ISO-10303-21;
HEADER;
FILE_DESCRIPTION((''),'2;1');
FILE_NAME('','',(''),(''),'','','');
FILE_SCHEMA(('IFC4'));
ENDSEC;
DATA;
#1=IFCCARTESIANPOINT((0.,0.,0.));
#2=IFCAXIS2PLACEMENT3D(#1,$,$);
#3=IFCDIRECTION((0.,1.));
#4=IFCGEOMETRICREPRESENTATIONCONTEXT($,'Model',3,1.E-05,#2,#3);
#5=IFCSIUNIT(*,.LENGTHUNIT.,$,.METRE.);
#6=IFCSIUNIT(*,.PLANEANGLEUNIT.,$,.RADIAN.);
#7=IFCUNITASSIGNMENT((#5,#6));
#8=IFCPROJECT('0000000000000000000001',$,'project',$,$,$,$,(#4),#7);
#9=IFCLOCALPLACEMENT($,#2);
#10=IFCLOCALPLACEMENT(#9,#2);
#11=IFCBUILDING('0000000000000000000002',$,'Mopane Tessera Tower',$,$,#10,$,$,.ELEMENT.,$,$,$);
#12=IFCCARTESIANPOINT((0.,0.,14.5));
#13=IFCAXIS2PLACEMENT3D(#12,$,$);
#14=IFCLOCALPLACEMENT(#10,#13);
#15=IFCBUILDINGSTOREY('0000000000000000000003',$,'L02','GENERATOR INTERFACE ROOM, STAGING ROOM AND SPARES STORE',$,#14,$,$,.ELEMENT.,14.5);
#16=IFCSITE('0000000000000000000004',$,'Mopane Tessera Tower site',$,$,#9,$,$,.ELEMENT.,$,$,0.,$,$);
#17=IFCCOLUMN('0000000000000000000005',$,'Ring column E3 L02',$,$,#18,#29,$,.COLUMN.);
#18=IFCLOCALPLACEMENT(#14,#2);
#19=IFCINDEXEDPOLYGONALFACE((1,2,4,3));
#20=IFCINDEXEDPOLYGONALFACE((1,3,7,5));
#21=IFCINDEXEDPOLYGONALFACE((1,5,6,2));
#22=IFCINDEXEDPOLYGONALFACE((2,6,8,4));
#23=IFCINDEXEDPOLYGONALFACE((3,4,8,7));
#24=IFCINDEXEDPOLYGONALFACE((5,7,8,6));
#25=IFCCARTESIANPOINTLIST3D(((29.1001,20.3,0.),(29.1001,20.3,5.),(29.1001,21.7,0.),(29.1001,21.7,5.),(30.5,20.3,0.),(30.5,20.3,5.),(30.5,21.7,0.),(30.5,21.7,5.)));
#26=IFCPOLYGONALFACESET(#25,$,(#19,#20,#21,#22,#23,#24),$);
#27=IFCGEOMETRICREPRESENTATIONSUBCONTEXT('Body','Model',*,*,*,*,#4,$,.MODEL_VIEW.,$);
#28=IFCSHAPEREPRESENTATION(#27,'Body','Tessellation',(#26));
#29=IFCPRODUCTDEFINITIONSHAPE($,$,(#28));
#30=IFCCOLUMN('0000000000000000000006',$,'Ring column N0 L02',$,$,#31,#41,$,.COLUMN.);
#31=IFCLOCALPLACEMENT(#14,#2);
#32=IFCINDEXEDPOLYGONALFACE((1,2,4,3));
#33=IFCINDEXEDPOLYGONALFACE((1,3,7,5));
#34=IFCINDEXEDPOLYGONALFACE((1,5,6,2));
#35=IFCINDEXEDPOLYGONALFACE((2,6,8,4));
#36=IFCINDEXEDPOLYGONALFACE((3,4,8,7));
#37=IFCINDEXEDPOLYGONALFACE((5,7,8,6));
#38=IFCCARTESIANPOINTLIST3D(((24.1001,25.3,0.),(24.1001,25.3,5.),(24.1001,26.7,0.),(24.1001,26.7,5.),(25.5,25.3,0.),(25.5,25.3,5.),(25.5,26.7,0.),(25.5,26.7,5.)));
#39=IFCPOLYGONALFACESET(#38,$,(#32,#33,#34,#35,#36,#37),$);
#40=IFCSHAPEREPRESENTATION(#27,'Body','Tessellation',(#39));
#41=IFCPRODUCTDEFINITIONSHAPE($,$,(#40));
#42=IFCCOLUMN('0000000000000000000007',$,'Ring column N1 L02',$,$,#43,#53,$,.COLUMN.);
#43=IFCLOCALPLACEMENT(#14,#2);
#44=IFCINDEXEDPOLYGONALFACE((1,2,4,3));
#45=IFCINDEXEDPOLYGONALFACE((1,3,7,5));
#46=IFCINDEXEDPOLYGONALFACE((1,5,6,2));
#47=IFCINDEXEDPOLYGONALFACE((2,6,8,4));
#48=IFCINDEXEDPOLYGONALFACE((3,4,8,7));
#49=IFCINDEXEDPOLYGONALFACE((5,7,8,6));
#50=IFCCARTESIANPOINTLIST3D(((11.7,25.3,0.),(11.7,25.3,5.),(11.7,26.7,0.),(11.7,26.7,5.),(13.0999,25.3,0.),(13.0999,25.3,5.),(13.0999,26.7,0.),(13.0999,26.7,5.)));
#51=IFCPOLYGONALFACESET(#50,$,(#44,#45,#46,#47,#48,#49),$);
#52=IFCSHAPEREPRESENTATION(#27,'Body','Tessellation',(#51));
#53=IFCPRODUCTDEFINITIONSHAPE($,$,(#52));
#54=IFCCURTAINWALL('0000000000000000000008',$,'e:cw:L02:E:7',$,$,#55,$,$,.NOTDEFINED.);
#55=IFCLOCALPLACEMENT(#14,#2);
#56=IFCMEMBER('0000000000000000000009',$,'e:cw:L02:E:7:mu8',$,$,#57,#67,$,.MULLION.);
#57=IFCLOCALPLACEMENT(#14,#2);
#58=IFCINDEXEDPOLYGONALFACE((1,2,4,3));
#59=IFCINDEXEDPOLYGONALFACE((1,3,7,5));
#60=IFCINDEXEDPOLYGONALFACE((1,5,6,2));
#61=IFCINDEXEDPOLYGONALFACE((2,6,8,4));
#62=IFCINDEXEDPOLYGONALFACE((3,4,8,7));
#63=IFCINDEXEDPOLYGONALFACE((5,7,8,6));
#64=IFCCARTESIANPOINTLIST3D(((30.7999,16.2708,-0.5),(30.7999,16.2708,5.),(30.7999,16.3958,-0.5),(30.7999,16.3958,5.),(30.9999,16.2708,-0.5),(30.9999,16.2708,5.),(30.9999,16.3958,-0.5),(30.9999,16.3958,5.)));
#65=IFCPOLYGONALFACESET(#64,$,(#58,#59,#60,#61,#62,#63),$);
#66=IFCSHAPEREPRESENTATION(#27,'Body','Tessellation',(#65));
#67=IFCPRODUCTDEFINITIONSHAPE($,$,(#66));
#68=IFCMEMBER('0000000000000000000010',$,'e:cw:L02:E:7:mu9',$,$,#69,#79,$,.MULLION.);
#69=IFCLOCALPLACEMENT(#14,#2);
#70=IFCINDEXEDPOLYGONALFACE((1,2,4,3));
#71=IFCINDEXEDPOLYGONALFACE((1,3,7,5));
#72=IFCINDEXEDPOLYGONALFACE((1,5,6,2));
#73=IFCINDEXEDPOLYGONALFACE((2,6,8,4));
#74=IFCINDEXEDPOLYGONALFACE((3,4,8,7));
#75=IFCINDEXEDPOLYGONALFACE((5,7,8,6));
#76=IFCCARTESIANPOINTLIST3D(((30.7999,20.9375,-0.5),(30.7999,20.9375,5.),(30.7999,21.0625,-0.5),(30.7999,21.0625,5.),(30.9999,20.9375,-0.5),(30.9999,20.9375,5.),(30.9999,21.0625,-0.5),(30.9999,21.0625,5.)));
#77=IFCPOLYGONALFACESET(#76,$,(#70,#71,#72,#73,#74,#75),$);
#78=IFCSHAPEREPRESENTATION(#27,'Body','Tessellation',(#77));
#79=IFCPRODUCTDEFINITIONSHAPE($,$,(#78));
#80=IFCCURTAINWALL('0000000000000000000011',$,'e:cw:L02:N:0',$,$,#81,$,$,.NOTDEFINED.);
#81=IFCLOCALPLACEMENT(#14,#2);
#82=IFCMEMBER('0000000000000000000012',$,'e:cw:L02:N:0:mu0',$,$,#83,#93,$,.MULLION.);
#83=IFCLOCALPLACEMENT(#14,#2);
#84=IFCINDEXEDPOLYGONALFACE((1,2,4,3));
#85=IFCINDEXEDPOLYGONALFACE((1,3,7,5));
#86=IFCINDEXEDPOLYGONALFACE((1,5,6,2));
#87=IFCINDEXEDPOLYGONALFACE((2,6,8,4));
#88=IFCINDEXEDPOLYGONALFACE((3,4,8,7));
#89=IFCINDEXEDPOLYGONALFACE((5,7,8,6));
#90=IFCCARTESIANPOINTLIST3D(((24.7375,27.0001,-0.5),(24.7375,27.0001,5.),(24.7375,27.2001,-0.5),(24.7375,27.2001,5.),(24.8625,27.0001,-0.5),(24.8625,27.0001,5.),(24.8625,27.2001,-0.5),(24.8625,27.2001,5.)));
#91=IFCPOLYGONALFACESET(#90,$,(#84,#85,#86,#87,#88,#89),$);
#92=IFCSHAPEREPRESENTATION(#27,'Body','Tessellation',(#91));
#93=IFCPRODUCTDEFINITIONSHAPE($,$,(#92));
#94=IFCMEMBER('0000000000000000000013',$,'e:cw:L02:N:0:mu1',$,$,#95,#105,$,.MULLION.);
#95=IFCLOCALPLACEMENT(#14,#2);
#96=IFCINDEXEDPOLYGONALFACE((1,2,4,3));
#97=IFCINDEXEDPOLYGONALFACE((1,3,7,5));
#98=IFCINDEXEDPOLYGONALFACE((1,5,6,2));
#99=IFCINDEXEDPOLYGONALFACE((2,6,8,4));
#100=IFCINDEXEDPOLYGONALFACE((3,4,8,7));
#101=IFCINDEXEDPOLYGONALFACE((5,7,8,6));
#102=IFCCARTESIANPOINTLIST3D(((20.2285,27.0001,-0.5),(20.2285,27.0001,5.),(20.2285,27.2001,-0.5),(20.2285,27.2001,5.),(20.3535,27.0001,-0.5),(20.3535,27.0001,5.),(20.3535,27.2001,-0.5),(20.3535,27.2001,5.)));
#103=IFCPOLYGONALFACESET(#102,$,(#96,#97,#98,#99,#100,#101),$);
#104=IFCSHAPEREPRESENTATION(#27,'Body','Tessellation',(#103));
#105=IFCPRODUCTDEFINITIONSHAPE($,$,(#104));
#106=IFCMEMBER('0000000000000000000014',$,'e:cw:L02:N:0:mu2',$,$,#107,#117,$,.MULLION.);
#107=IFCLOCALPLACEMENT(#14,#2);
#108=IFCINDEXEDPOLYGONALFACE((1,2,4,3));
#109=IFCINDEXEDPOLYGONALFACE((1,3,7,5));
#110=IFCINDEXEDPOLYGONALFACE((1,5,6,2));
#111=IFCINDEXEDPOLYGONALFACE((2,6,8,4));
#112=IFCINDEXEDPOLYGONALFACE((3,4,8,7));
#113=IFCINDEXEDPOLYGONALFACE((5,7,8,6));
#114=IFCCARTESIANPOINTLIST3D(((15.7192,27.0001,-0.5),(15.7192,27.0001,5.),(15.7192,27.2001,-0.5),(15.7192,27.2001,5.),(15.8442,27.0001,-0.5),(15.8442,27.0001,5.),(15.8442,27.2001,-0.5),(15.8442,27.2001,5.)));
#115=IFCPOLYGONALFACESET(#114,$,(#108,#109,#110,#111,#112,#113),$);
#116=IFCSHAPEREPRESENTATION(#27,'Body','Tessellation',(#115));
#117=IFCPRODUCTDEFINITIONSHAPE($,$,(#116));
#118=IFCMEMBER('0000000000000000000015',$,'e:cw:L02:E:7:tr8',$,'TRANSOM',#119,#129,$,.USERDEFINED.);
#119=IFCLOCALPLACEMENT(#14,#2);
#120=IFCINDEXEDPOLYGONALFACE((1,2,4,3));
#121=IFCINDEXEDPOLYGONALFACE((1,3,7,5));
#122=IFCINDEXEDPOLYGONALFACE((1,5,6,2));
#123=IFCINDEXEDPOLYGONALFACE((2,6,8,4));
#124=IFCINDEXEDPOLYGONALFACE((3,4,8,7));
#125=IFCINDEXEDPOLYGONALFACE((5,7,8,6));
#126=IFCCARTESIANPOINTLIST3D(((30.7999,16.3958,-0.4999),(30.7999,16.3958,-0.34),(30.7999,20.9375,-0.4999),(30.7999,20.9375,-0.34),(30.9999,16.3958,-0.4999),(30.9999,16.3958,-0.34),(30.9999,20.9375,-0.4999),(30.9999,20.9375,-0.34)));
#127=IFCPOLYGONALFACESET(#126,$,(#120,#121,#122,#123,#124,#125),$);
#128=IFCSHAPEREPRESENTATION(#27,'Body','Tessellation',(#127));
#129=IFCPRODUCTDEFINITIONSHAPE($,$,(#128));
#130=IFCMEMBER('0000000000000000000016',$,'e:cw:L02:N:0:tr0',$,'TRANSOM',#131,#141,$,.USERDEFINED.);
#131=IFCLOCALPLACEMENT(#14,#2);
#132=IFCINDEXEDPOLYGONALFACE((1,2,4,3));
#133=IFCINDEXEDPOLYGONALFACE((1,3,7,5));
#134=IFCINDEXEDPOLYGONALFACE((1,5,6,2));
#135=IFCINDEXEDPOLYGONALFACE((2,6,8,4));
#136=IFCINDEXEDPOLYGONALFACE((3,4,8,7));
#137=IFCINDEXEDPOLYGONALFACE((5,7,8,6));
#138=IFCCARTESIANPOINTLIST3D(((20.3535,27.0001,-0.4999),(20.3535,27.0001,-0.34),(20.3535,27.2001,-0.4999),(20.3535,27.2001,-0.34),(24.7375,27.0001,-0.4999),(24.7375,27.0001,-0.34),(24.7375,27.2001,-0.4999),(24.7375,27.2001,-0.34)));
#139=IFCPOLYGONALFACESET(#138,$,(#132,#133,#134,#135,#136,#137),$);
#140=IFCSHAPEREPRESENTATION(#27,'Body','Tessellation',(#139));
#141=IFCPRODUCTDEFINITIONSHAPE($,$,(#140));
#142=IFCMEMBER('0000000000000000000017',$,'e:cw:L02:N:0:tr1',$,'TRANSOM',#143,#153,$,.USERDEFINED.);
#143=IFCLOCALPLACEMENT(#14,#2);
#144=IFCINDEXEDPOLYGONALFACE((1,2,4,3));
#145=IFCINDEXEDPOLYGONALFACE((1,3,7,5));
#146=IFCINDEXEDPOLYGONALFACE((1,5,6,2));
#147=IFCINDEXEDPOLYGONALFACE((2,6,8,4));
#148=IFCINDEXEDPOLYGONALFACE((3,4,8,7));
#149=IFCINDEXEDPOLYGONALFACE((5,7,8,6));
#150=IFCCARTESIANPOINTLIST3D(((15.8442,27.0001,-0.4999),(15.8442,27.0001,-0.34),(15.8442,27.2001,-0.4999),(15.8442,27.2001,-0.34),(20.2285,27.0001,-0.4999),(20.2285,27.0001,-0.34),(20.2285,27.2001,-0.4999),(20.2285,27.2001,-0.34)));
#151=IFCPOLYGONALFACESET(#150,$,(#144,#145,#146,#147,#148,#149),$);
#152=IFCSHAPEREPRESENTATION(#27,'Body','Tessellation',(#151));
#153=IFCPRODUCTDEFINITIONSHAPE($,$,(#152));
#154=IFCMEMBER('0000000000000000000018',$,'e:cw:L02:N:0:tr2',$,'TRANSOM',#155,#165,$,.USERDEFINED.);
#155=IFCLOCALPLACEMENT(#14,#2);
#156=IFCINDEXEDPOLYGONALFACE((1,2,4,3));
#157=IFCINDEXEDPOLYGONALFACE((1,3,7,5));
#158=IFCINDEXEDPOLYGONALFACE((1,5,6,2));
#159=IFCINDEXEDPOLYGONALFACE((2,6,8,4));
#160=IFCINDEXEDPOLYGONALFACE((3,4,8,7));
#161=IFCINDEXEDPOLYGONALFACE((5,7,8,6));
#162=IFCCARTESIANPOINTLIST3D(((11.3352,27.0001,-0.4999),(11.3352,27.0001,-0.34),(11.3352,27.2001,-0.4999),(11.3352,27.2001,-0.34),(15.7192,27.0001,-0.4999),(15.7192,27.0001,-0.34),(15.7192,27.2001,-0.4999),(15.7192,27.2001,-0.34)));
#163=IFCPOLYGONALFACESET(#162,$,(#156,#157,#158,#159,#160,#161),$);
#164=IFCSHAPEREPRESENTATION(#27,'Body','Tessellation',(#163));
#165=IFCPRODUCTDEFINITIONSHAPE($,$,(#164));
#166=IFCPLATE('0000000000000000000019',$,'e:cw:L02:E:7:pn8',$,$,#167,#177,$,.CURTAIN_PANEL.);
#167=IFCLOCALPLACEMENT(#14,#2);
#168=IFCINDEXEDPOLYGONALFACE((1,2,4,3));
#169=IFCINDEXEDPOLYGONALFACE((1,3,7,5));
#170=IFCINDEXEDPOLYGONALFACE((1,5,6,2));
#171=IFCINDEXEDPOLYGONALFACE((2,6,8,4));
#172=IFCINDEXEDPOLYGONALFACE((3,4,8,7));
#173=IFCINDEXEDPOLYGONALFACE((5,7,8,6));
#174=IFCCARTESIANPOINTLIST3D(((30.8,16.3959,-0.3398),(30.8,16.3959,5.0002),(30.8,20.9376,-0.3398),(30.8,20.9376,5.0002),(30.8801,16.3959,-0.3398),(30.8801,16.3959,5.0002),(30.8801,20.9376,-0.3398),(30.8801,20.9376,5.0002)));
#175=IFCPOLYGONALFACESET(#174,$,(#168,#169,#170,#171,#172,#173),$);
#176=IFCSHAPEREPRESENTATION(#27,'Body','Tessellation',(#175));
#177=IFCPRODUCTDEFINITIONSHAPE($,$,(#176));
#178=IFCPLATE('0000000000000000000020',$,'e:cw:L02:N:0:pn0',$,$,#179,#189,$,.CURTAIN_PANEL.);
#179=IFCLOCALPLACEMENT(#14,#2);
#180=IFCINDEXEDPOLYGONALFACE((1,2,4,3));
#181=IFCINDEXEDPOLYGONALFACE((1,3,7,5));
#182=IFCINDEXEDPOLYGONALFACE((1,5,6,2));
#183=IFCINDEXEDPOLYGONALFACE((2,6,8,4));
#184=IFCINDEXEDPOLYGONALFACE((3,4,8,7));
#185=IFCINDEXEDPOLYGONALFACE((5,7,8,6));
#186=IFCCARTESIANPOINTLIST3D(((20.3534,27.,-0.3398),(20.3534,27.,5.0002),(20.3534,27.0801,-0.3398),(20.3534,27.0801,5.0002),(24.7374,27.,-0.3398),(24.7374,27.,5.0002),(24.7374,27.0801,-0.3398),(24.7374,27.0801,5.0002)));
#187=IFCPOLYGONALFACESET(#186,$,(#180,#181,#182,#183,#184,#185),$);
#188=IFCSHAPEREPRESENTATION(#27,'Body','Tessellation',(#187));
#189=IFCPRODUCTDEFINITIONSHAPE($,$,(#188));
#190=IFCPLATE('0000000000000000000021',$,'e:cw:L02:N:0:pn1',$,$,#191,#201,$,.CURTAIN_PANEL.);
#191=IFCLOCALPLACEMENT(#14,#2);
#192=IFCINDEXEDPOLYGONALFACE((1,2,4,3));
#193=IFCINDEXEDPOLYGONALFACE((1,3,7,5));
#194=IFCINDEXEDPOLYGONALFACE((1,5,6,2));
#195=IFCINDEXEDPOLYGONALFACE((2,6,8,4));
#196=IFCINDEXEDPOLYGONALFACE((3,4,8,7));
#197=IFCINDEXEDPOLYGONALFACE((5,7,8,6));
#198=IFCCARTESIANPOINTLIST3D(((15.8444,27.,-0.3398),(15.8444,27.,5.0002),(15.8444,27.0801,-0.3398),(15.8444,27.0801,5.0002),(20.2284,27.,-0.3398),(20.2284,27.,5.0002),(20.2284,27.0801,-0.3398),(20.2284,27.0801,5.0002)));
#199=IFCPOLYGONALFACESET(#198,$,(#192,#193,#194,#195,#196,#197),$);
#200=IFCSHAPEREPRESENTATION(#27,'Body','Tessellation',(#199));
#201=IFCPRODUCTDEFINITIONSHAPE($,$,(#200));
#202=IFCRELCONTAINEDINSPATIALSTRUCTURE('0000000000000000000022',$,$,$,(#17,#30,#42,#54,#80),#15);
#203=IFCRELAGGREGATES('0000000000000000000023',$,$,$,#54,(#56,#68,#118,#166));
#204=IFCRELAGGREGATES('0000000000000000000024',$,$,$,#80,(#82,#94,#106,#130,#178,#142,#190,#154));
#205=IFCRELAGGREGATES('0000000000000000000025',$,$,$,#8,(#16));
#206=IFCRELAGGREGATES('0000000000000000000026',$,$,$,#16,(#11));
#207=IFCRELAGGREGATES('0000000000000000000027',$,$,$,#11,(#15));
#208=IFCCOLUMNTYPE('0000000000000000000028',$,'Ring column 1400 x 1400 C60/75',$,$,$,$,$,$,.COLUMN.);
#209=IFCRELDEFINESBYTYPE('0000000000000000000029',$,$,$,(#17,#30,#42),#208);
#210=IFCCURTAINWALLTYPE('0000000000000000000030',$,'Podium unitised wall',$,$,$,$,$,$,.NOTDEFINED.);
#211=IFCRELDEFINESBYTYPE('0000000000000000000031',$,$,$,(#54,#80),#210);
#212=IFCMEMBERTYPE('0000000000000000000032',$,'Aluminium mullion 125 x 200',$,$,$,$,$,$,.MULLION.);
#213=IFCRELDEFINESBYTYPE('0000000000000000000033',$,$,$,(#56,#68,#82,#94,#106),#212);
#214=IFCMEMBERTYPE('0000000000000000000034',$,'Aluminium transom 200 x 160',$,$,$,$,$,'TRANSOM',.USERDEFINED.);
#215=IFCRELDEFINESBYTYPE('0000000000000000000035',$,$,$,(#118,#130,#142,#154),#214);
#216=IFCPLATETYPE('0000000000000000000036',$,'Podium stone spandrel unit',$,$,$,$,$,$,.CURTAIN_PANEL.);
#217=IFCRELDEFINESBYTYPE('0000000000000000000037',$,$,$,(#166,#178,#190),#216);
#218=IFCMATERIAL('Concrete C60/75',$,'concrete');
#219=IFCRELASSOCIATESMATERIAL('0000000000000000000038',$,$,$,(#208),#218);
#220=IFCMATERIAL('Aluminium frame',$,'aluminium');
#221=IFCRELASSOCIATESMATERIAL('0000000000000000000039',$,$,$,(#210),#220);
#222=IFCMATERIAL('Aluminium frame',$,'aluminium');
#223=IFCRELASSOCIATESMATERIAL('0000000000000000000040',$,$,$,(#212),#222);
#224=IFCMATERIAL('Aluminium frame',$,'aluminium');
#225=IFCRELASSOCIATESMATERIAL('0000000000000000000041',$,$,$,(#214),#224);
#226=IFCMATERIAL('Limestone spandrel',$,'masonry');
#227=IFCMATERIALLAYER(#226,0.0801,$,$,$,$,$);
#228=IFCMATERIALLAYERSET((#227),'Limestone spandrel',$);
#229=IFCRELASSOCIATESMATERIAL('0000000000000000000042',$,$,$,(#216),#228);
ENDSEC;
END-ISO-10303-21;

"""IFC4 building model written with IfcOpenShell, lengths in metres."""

from ifc_helpers import new_model, si_unit, direction, frame, origin, origin_2d, place, context, subcontext, project, spatial, rectangle, extrude, material, layer, layer_set, material_profile, profile_set, type_object, element, aggregate, save


model = new_model("IFC4")

# Units and contexts
model_context = context("Model", 3, precision=1e-05, world=origin(), true_north=direction((0.0, 1.0)))
body_context = subcontext(model_context, "Body", "Model", "MODEL_VIEW")
ifc_project = project(units=[si_unit("LENGTHUNIT", "METRE"), si_unit("PLANEANGLEUNIT", "RADIAN")], contexts=[model_context])

# Site, building, storey
site_placement = place(None, origin())
site = spatial("IfcSite", under=ifc_project, at=site_placement, Name="Mopane Tessera Tower site", CompositionType="ELEMENT", RefElevation=0.0)
building_placement = place(site_placement, origin())
building = spatial("IfcBuilding", under=site, at=building_placement, Name="Mopane Tessera Tower", CompositionType="ELEMENT")
storey_placement = place(building_placement, frame((0.0, 0.0, 14.5)))
storey = spatial("IfcBuildingStorey", under=building, at=storey_placement, Name="L02", Description="GENERATOR INTERFACE ROOM, STAGING ROOM AND SPARES STORE", CompositionType="ELEMENT", Elevation=14.5)

# Columns
ifc_material_1 = material(Name="Concrete C60/75", Category="concrete")
ifc_material_profile_1 = material_profile(ifc_material_1, rectangle(XDim=1.3999, YDim=1.3999, at=origin_2d()))
ifc_profile_set_1 = profile_set([ifc_material_profile_1], Name="Concrete C60/75")
column_type = type_object("IfcColumnType", Name="Ring column 1400 x 1400 C60/75", PredefinedType="COLUMN", material=ifc_profile_set_1)
for number, where, z_axis, x_axis, name in (
    (1, (29.8, 21.0, 0.0), (0.0, 0.0, 1.0), (1.0, 0.0, 0.0), "Ring column E3 L02"),
    (2, (24.8, 26.0, 0.0), (0.0, 0.0, 1.0), (1.0, 0.0, 0.0), "Ring column N0 L02"),
    (3, (12.3999, 26.0, 0.0), (0.0, 0.0, 1.0), (1.0, 0.0, 0.0), "Ring column N1 L02"),
):
    element("IfcColumn", number, at=place(storey_placement, frame(where, z_axis=z_axis, x_axis=x_axis)), inside=storey, type_object=column_type, Name=name, PredefinedType="COLUMN", context=body_context, shape_type="SweptSolid", body=[
        extrude(rectangle(XDim=1.3999, YDim=1.3999, at=origin_2d()), origin(), (0.0, 0.0, 1.0), 5.0),
    ])

# Curtain walls, members
ifc_material_2 = material(Name="Aluminium frame", Category="aluminium")
curtain_wall_type = type_object("IfcCurtainWallType", Name="Podium unitised wall", PredefinedType="NOTDEFINED", material=ifc_material_2)
curtain_wall_1_placement = place(storey_placement, origin())
curtain_wall_1 = element("IfcCurtainWall", 4, at=curtain_wall_1_placement, inside=storey, type_object=curtain_wall_type, Name="e:cw:L02:E:7", PredefinedType="NOTDEFINED")
ifc_material_3 = material(Name="Aluminium frame", Category="aluminium")
ifc_material_profile_2 = material_profile(ifc_material_3, rectangle(XDim=0.125, YDim=0.2, at=origin_2d()))
ifc_profile_set_2 = profile_set([ifc_material_profile_2], Name="Aluminium frame")
member_type_1 = type_object("IfcMemberType", Name="Aluminium mullion 125 x 200", PredefinedType="MULLION", material=ifc_profile_set_2)
member_1_placement = place(storey_placement, frame((30.8999, 16.3333, -0.5), z_axis=(0.0, 0.0, 1.0), x_axis=(0.0, 1.0, 0.0)))
member_1 = element("IfcMember", 5, at=member_1_placement, type_object=member_type_1, Name="e:cw:L02:E:7:mu8", PredefinedType="MULLION", context=body_context, shape_type="SweptSolid", body=[
    extrude(rectangle(XDim=0.125, YDim=0.2, at=origin_2d()), origin(), (0.0, 0.0, 1.0), 5.5),
])
member_2_placement = place(storey_placement, frame((30.8999, 21.0, -0.5), z_axis=(0.0, 0.0, 1.0), x_axis=(0.0, 1.0, 0.0)))
member_2 = element("IfcMember", 6, at=member_2_placement, type_object=member_type_1, Name="e:cw:L02:E:7:mu9", PredefinedType="MULLION", context=body_context, shape_type="SweptSolid", body=[
    extrude(rectangle(XDim=0.125, YDim=0.2, at=origin_2d()), origin(), (0.0, 0.0, 1.0), 5.5),
])
curtain_wall_2_placement = place(storey_placement, origin())
curtain_wall_2 = element("IfcCurtainWall", 7, at=curtain_wall_2_placement, inside=storey, type_object=curtain_wall_type, Name="e:cw:L02:N:0", PredefinedType="NOTDEFINED")
member_3_placement = place(storey_placement, frame((24.8, 27.1001, -0.5), z_axis=(0.0, 0.0, 1.0), x_axis=(-1.0, 0.0, 0.0)))
member_3 = element("IfcMember", 8, at=member_3_placement, type_object=member_type_1, Name="e:cw:L02:N:0:mu0", PredefinedType="MULLION", context=body_context, shape_type="SweptSolid", body=[
    extrude(rectangle(XDim=0.125, YDim=0.2, at=origin_2d()), origin(), (0.0, 0.0, 1.0), 5.5),
])
member_4_placement = place(storey_placement, frame((20.291, 27.1001, -0.5), z_axis=(0.0, 0.0, 1.0), x_axis=(-1.0, 0.0, 0.0)))
member_4 = element("IfcMember", 9, at=member_4_placement, type_object=member_type_1, Name="e:cw:L02:N:0:mu1", PredefinedType="MULLION", context=body_context, shape_type="SweptSolid", body=[
    extrude(rectangle(XDim=0.125, YDim=0.2, at=origin_2d()), origin(), (0.0, 0.0, 1.0), 5.5),
])
member_5_placement = place(storey_placement, frame((15.7817, 27.1001, -0.5), z_axis=(0.0, 0.0, 1.0), x_axis=(-1.0, 0.0, 0.0)))
member_5 = element("IfcMember", 10, at=member_5_placement, type_object=member_type_1, Name="e:cw:L02:N:0:mu2", PredefinedType="MULLION", context=body_context, shape_type="SweptSolid", body=[
    extrude(rectangle(XDim=0.125, YDim=0.2, at=origin_2d()), origin(), (0.0, 0.0, 1.0), 5.5),
])

# Members
ifc_material_4 = material(Name="Aluminium frame", Category="aluminium")
ifc_material_profile_3 = material_profile(ifc_material_4, rectangle(XDim=0.2, YDim=0.1599, at=origin_2d()))
ifc_profile_set_3 = profile_set([ifc_material_profile_3], Name="Aluminium frame")
member_type_2 = type_object("IfcMemberType", Name="Aluminium transom 200 x 160", ElementType="TRANSOM", PredefinedType="USERDEFINED", material=ifc_profile_set_3)
member_6_placement = place(storey_placement, frame((30.8999, 16.3958, -0.4199), z_axis=(0.0, 1.0, 0.0), x_axis=(-1.0, 0.0, 0.0)))
member_6 = element("IfcMember", 11, at=member_6_placement, type_object=member_type_2, Name="e:cw:L02:E:7:tr8", ObjectType="TRANSOM", PredefinedType="USERDEFINED", context=body_context, shape_type="SweptSolid", body=[
    extrude(rectangle(XDim=0.2, YDim=0.1599, at=origin_2d()), origin(), (0.0, 0.0, 1.0), 4.5417),
])
member_7_placement = place(storey_placement, frame((24.7375, 27.1001, -0.4199), z_axis=(-1.0, 0.0, 0.0), x_axis=(0.0, -1.0, 0.0)))
member_7 = element("IfcMember", 12, at=member_7_placement, type_object=member_type_2, Name="e:cw:L02:N:0:tr0", ObjectType="TRANSOM", PredefinedType="USERDEFINED", context=body_context, shape_type="SweptSolid", body=[
    extrude(rectangle(XDim=0.2, YDim=0.1599, at=origin_2d()), origin(), (0.0, 0.0, 1.0), 4.384),
])
member_8_placement = place(storey_placement, frame((20.2285, 27.1001, -0.4199), z_axis=(-1.0, 0.0, 0.0), x_axis=(0.0, -1.0, 0.0)))
member_8 = element("IfcMember", 13, at=member_8_placement, type_object=member_type_2, Name="e:cw:L02:N:0:tr1", ObjectType="TRANSOM", PredefinedType="USERDEFINED", context=body_context, shape_type="SweptSolid", body=[
    extrude(rectangle(XDim=0.2, YDim=0.1599, at=origin_2d()), origin(), (0.0, 0.0, 1.0), 4.3843),
])
member_9_placement = place(storey_placement, frame((15.7192, 27.1001, -0.4199), z_axis=(-1.0, 0.0, 0.0), x_axis=(0.0, -1.0, 0.0)))
member_9 = element("IfcMember", 14, at=member_9_placement, type_object=member_type_2, Name="e:cw:L02:N:0:tr2", ObjectType="TRANSOM", PredefinedType="USERDEFINED", context=body_context, shape_type="SweptSolid", body=[
    extrude(rectangle(XDim=0.2, YDim=0.1599, at=origin_2d()), origin(), (0.0, 0.0, 1.0), 4.384),
])

# Plates
ifc_material_5 = material(Name="Limestone spandrel", Category="masonry")
ifc_layer_1 = layer(ifc_material_5, 0.0801)
ifc_layer_set_1 = layer_set([ifc_layer_1], Name="Limestone spandrel")
plate_type = type_object("IfcPlateType", Name="Podium stone spandrel unit", PredefinedType="CURTAIN_PANEL", material=ifc_layer_set_1)
plate_1_placement = place(storey_placement, frame((30.8401, 18.6667, -0.3398), z_axis=(0.0, 0.0, 1.0), x_axis=(0.0, 1.0, 0.0)))
plate_1 = element("IfcPlate", 15, at=plate_1_placement, type_object=plate_type, Name="e:cw:L02:E:7:pn8", PredefinedType="CURTAIN_PANEL", context=body_context, shape_type="SweptSolid", body=[
    extrude(rectangle(XDim=4.5417, YDim=0.0801, at=origin_2d()), origin(), (0.0, 0.0, 1.0), 5.3401),
])
aggregate(curtain_wall_1, [member_1, member_2, member_6, plate_1])
plate_2_placement = place(storey_placement, frame((22.5454, 27.04, -0.3398), z_axis=(0.0, 0.0, 1.0), x_axis=(-1.0, 0.0, 0.0)))
plate_2 = element("IfcPlate", 16, at=plate_2_placement, type_object=plate_type, Name="e:cw:L02:N:0:pn0", PredefinedType="CURTAIN_PANEL", context=body_context, shape_type="SweptSolid", body=[
    extrude(rectangle(XDim=4.384, YDim=0.0801, at=origin_2d()), origin(), (0.0, 0.0, 1.0), 5.3401),
])
plate_3_placement = place(storey_placement, frame((18.0364, 27.04, -0.3398), z_axis=(0.0, 0.0, 1.0), x_axis=(-1.0, 0.0, 0.0)))
plate_3 = element("IfcPlate", 17, at=plate_3_placement, type_object=plate_type, Name="e:cw:L02:N:0:pn1", PredefinedType="CURTAIN_PANEL", context=body_context, shape_type="SweptSolid", body=[
    extrude(rectangle(XDim=4.384, YDim=0.0801, at=origin_2d()), origin(), (0.0, 0.0, 1.0), 5.3401),
])
aggregate(curtain_wall_2, [member_3, member_4, member_5, member_7, plate_2, member_8, plate_3, member_9])

save(model, "model.ifc")
